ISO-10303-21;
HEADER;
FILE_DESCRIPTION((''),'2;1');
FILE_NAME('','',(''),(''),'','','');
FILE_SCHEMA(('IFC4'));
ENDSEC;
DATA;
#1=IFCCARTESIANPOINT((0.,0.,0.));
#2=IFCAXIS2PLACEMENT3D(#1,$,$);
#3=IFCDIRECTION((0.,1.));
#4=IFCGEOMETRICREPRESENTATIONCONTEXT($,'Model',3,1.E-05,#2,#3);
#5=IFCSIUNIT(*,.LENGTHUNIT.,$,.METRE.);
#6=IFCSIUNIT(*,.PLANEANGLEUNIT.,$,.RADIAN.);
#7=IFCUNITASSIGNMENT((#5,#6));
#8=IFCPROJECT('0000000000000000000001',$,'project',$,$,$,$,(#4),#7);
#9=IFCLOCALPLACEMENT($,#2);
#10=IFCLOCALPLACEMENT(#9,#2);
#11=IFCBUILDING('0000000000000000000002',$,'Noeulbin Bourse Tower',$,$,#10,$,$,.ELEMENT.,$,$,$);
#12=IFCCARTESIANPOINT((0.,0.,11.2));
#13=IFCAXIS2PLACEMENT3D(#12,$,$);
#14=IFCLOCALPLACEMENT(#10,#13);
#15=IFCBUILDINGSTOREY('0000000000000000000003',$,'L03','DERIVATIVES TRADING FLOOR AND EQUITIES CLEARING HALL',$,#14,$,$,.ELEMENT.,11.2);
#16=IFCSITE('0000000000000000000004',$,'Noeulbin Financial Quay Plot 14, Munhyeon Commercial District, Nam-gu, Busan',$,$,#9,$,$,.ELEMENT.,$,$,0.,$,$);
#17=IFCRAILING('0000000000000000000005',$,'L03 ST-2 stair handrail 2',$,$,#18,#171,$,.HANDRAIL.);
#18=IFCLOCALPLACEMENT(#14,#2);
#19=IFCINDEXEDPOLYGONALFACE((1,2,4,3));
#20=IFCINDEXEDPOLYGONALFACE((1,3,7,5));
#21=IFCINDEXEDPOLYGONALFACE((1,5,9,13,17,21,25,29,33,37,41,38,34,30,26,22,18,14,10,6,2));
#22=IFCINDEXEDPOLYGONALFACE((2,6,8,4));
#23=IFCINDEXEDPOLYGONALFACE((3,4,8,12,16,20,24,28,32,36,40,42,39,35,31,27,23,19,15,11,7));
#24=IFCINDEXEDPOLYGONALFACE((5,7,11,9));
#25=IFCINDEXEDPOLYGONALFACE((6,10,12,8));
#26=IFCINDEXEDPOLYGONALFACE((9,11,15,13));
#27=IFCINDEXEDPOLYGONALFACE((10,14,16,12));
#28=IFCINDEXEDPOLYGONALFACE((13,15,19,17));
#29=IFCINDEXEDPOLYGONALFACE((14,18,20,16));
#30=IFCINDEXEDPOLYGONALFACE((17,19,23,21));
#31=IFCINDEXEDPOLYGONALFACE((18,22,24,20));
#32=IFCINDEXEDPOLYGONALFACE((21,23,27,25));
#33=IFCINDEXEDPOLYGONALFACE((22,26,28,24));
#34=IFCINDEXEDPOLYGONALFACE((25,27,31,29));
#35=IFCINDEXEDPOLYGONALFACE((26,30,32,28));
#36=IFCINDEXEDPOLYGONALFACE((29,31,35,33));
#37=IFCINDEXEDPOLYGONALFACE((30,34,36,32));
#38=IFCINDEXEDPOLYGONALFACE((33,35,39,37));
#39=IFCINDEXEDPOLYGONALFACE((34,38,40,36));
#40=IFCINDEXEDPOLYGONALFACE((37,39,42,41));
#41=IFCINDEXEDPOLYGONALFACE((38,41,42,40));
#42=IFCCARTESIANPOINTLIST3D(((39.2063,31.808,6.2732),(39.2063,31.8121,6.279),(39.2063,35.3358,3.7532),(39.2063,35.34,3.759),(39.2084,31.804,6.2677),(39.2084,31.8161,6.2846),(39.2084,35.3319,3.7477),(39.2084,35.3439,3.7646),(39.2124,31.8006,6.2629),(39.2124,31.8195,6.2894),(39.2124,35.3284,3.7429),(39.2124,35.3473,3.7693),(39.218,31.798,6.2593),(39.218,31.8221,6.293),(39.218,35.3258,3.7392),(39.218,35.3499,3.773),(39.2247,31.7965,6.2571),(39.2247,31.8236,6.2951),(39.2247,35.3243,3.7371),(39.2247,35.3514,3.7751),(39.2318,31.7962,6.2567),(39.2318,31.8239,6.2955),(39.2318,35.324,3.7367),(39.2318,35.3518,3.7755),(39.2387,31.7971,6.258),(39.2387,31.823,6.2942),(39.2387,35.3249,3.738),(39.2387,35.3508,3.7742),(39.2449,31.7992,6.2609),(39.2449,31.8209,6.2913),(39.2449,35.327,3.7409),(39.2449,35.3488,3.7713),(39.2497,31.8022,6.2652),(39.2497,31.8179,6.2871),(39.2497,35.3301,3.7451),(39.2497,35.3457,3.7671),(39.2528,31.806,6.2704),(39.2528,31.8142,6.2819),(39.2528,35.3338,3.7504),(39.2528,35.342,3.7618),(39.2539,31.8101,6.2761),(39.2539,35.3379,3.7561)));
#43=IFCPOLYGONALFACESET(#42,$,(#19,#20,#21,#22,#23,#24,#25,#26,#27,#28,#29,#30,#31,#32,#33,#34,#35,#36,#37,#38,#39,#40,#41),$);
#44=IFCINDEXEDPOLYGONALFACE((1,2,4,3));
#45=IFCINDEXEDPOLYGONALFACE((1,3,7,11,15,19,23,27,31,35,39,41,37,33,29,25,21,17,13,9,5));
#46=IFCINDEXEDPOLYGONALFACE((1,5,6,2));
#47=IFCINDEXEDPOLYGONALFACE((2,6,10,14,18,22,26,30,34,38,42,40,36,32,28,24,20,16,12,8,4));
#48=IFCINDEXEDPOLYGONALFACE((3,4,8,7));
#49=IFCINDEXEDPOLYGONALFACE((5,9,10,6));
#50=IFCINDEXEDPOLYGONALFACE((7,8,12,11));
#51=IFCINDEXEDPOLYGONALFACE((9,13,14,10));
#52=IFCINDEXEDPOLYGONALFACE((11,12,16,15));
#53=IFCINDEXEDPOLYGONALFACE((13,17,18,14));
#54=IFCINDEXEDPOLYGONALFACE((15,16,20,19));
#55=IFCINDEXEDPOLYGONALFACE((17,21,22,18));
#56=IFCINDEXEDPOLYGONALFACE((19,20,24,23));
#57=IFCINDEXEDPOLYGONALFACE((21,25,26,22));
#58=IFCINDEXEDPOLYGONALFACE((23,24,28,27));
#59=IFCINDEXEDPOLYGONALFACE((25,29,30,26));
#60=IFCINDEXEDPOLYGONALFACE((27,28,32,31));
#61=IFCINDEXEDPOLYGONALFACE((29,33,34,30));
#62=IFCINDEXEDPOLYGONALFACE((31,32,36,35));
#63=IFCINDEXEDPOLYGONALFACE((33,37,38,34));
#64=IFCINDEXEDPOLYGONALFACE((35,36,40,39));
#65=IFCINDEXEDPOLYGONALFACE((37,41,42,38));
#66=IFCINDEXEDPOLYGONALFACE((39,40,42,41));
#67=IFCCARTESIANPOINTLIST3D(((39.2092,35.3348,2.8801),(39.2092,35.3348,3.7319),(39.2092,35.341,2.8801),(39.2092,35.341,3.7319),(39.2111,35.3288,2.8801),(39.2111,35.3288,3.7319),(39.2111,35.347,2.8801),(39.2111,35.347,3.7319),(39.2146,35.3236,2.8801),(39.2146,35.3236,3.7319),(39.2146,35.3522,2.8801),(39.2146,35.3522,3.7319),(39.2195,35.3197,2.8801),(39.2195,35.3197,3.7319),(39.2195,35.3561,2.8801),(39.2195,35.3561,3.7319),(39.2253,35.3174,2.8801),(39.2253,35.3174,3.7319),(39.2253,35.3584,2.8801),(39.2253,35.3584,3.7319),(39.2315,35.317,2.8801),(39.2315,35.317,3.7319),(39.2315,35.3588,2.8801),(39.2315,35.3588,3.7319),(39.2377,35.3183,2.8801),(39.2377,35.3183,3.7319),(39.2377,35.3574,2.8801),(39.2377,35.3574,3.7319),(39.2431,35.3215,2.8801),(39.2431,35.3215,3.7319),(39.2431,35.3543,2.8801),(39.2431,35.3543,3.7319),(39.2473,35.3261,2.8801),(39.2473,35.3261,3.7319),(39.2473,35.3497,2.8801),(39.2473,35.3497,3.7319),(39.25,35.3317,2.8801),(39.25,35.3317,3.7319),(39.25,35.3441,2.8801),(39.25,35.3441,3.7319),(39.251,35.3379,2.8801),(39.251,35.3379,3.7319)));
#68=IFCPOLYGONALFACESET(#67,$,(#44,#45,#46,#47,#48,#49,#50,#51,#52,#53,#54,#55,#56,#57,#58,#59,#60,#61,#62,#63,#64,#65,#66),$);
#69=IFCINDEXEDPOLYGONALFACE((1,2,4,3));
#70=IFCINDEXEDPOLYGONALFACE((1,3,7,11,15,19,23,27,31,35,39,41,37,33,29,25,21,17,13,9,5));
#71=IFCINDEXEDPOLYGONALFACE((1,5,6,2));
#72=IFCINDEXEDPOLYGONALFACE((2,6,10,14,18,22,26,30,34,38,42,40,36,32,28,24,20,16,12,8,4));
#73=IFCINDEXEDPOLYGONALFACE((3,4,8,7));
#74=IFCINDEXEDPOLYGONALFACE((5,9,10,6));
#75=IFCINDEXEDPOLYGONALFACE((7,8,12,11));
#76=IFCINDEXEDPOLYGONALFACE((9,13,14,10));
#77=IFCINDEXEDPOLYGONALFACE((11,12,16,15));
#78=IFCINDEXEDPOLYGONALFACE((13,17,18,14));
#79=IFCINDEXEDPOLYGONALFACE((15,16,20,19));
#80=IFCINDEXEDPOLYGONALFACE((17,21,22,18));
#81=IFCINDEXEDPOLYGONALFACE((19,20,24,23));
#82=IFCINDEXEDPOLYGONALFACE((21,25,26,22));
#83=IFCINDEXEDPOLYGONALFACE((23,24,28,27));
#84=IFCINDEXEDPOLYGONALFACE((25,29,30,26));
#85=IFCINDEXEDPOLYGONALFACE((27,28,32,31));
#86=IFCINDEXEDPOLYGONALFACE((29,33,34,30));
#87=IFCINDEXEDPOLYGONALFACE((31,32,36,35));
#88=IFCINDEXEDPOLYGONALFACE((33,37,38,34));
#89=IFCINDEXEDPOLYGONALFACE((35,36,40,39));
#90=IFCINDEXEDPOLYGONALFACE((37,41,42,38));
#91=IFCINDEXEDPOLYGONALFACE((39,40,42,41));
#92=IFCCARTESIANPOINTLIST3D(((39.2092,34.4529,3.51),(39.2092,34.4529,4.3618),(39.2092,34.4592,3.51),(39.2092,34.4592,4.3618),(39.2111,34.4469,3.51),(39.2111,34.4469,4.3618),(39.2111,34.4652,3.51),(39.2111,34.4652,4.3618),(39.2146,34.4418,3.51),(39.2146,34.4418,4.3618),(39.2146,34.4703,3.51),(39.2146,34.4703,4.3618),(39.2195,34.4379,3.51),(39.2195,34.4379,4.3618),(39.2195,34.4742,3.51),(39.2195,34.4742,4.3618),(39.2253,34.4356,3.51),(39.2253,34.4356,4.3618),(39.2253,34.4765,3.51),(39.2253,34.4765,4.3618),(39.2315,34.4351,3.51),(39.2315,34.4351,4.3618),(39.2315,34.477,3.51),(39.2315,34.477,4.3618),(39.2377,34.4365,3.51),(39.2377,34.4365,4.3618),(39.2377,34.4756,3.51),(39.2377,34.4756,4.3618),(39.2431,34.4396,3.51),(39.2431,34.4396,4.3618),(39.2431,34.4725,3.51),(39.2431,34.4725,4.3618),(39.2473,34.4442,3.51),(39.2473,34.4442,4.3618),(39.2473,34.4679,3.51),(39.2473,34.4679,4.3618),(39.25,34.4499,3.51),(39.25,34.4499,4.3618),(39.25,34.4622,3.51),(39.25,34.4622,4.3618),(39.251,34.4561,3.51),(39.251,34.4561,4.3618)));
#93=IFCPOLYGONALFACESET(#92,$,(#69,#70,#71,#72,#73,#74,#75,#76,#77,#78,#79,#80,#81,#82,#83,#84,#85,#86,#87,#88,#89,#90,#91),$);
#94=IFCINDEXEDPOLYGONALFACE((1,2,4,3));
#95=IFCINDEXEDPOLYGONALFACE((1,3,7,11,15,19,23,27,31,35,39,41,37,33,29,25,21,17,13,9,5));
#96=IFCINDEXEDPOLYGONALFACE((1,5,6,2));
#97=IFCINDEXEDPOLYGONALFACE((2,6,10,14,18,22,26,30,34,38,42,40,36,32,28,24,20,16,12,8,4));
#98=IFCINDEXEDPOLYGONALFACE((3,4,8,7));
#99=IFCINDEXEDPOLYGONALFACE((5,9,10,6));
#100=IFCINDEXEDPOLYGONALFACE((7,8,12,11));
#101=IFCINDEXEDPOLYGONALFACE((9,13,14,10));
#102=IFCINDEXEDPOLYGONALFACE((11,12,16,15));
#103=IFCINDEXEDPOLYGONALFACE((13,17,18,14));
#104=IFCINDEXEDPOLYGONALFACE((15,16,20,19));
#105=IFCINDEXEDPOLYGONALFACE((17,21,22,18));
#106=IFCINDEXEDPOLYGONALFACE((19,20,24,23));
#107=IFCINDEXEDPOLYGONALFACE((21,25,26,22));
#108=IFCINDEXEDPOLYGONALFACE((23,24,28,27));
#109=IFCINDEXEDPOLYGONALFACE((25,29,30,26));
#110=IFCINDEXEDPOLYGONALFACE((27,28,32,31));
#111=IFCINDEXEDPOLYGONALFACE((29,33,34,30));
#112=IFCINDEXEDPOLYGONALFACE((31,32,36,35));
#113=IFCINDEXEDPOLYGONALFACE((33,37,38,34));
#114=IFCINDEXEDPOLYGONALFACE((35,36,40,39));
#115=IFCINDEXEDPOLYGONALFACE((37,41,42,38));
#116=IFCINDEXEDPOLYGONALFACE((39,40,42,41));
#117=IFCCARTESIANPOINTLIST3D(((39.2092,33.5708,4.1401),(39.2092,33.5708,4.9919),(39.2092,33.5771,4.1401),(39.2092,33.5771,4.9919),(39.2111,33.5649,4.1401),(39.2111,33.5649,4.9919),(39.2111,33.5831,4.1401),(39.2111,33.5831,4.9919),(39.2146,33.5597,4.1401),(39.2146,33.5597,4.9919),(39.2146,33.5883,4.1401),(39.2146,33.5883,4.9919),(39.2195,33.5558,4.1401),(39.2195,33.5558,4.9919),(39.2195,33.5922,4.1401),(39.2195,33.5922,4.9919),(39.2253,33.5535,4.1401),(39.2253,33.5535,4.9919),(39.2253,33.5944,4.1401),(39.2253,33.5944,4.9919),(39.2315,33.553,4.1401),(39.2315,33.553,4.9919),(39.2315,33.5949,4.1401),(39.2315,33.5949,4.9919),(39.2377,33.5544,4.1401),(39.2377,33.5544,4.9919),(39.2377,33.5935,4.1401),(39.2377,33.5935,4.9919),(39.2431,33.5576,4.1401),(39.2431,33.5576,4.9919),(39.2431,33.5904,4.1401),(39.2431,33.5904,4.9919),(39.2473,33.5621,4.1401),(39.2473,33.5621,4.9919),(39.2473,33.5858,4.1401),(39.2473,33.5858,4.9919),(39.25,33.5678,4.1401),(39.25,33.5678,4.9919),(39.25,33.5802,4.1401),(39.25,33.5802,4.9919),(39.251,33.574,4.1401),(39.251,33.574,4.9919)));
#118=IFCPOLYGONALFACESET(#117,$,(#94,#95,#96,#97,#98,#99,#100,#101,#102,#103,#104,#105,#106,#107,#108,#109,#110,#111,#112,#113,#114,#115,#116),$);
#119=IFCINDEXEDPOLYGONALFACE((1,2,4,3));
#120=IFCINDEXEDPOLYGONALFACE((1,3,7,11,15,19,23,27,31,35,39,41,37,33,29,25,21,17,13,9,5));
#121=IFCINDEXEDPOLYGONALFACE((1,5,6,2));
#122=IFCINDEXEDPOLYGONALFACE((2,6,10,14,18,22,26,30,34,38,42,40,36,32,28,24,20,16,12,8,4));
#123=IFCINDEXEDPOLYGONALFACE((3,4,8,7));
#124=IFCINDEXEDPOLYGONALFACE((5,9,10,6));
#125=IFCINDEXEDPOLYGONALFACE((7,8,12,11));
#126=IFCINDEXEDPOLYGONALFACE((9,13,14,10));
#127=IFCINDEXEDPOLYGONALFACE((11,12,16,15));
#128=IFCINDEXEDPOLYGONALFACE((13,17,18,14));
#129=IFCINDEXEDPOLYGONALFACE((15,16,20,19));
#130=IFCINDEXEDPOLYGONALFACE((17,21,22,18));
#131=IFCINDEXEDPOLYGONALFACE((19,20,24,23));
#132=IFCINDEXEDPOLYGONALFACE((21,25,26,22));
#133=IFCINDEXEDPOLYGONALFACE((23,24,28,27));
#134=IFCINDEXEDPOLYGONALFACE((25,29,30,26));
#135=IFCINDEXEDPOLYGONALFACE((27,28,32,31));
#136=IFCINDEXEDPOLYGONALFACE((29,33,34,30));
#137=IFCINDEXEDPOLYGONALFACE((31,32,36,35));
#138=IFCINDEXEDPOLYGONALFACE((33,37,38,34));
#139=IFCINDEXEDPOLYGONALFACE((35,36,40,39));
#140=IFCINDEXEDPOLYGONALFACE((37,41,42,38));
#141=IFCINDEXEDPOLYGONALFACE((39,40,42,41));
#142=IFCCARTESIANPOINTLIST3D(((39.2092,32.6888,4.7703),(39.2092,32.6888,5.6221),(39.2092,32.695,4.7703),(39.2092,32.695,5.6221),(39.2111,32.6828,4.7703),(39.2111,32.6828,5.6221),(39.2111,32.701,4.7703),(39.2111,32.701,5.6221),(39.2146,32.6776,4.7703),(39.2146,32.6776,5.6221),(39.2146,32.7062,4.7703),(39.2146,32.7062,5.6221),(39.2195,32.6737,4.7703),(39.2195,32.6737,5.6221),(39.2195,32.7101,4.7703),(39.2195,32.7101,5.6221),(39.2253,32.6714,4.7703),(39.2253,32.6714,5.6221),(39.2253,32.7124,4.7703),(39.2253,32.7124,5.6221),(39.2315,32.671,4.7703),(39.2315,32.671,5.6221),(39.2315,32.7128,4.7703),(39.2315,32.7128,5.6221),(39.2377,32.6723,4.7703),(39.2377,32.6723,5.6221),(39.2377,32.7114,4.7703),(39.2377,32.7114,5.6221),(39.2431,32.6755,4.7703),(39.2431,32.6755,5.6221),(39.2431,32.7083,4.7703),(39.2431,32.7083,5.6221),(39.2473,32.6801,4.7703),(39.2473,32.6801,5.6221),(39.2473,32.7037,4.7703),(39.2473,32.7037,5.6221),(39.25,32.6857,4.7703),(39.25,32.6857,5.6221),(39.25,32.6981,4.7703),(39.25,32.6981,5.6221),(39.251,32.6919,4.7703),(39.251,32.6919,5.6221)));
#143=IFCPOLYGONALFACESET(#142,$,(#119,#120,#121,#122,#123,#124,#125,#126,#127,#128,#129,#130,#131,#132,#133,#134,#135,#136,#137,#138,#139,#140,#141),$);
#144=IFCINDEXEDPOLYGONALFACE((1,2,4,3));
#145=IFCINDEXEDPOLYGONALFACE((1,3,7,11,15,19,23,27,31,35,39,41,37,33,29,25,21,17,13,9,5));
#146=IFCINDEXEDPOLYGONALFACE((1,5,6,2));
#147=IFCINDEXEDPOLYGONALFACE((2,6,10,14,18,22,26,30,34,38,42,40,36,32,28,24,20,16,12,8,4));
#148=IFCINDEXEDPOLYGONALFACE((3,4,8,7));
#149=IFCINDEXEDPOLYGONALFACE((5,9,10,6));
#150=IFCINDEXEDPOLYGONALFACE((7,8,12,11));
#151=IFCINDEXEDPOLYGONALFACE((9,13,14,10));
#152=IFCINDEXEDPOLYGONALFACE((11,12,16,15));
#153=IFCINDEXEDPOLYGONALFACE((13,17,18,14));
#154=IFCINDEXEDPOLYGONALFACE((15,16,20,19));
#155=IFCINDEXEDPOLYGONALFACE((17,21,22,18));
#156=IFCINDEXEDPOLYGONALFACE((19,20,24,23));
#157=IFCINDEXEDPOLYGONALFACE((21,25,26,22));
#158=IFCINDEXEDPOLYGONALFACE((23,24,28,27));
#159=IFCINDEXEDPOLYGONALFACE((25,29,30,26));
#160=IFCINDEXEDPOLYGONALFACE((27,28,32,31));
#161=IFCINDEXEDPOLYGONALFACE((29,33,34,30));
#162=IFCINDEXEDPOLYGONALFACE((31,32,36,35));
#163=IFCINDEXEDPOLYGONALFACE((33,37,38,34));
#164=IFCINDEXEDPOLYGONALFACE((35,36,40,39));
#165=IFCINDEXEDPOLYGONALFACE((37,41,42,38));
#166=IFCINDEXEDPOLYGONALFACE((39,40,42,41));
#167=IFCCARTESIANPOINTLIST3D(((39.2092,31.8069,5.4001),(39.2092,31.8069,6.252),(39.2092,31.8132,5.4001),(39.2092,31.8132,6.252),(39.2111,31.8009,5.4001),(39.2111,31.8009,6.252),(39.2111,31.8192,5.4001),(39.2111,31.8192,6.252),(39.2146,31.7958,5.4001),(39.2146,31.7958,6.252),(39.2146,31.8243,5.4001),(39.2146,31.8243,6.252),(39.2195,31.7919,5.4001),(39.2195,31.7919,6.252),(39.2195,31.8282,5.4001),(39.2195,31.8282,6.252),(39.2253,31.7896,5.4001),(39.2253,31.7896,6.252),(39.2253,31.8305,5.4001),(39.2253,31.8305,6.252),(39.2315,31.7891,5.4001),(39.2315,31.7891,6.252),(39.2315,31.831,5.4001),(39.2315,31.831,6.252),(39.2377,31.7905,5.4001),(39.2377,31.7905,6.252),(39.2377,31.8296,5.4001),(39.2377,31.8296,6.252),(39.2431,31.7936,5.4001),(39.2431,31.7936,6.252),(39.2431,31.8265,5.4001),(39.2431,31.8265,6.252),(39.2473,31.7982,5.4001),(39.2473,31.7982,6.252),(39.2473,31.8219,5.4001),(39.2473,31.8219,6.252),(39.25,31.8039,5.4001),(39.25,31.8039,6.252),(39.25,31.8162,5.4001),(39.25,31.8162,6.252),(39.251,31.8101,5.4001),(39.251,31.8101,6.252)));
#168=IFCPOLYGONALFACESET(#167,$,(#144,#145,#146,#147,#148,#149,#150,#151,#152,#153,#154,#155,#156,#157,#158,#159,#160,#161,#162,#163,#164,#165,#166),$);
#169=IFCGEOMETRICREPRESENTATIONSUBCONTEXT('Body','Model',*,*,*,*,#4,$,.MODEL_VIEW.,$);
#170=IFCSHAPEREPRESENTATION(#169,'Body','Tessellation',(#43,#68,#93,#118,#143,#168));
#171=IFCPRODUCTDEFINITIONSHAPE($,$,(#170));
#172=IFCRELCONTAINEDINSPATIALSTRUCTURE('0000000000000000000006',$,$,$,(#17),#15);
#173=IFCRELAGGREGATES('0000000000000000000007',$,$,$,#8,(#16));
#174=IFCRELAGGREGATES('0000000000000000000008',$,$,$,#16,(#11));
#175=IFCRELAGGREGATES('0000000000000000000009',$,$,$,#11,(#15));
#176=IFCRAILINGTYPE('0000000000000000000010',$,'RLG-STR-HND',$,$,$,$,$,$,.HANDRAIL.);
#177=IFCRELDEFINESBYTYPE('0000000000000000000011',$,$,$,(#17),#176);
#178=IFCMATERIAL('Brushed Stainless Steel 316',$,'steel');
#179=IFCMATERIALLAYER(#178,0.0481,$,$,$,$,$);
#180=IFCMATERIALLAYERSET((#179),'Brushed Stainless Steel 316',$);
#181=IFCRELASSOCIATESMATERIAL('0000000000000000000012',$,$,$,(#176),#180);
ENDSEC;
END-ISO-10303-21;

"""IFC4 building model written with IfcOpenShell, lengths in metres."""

from ifc_helpers import new_model, si_unit, direction, frame, origin, origin_2d, place, context, subcontext, project, spatial, circle, extrude, material, layer, layer_set, type_object, element, save


model = new_model("IFC4")

# Units and contexts
model_context = context("Model", 3, precision=1e-05, world=origin(), true_north=direction((0.0, 1.0)))
body_context = subcontext(model_context, "Body", "Model", "MODEL_VIEW")
ifc_project = project(units=[si_unit("LENGTHUNIT", "METRE"), si_unit("PLANEANGLEUNIT", "RADIAN")], contexts=[model_context])

# Site, building, storey
site_placement = place(None, origin())
site = spatial("IfcSite", under=ifc_project, at=site_placement, Name="Noeulbin Financial Quay Plot 14, Munhyeon Commercial District, Nam-gu, Busan", CompositionType="ELEMENT", RefElevation=0.0)
building_placement = place(site_placement, origin())
building = spatial("IfcBuilding", under=site, at=building_placement, Name="Noeulbin Bourse Tower", CompositionType="ELEMENT")
storey_placement = place(building_placement, frame((0.0, 0.0, 11.2)))
storey = spatial("IfcBuildingStorey", under=building, at=storey_placement, Name="L03", Description="DERIVATIVES TRADING FLOOR AND EQUITIES CLEARING HALL", CompositionType="ELEMENT", Elevation=11.2)

# Railing
ifc_material_1 = material(Name="Brushed Stainless Steel 316", Category="steel")
ifc_layer_1 = layer(ifc_material_1, 0.0481)
ifc_layer_set_1 = layer_set([ifc_layer_1], Name="Brushed Stainless Steel 316")
railing_type_1 = type_object("IfcRailingType", Name="RLG-STR-HND", PredefinedType="HANDRAIL", material=ifc_layer_set_1)
railing_1_placement = place(storey_placement, frame((39.23, 35.3379, 2.8801)))
element("IfcRailing", 1, at=railing_1_placement, inside=storey, type_object=railing_type_1, Name="L03 ST-2 stair handrail 2", PredefinedType="HANDRAIL", context=body_context, shape_type="SweptSolid", body=[
    extrude(circle(Radius=0.0239, at=origin_2d()), frame((0.0, 0.0, 0.876), z_axis=(0.0, -0.813718, 0.58126), x_axis=(1.0, 0.0, 0.0)), (0.0, 0.0, 1.0), 4.3354),
    extrude(circle(Radius=0.021, at=origin_2d()), origin(), (0.0, 0.0, 1.0), 0.8518),
    extrude(circle(Radius=0.021, at=origin_2d()), frame((0.0, -0.8818, 0.6299)), (0.0, 0.0, 1.0), 0.8518),
    extrude(circle(Radius=0.021, at=origin_2d()), frame((0.0, -1.7639, 1.26)), (0.0, 0.0, 1.0), 0.8518),
    extrude(circle(Radius=0.021, at=origin_2d()), frame((0.0, -2.646, 1.8901)), (0.0, 0.0, 1.0), 0.8518),
    extrude(circle(Radius=0.021, at=origin_2d()), frame((0.0, -3.5278, 2.52)), (0.0, 0.0, 1.0), 0.8518),
])

save(model, "model.ifc")
